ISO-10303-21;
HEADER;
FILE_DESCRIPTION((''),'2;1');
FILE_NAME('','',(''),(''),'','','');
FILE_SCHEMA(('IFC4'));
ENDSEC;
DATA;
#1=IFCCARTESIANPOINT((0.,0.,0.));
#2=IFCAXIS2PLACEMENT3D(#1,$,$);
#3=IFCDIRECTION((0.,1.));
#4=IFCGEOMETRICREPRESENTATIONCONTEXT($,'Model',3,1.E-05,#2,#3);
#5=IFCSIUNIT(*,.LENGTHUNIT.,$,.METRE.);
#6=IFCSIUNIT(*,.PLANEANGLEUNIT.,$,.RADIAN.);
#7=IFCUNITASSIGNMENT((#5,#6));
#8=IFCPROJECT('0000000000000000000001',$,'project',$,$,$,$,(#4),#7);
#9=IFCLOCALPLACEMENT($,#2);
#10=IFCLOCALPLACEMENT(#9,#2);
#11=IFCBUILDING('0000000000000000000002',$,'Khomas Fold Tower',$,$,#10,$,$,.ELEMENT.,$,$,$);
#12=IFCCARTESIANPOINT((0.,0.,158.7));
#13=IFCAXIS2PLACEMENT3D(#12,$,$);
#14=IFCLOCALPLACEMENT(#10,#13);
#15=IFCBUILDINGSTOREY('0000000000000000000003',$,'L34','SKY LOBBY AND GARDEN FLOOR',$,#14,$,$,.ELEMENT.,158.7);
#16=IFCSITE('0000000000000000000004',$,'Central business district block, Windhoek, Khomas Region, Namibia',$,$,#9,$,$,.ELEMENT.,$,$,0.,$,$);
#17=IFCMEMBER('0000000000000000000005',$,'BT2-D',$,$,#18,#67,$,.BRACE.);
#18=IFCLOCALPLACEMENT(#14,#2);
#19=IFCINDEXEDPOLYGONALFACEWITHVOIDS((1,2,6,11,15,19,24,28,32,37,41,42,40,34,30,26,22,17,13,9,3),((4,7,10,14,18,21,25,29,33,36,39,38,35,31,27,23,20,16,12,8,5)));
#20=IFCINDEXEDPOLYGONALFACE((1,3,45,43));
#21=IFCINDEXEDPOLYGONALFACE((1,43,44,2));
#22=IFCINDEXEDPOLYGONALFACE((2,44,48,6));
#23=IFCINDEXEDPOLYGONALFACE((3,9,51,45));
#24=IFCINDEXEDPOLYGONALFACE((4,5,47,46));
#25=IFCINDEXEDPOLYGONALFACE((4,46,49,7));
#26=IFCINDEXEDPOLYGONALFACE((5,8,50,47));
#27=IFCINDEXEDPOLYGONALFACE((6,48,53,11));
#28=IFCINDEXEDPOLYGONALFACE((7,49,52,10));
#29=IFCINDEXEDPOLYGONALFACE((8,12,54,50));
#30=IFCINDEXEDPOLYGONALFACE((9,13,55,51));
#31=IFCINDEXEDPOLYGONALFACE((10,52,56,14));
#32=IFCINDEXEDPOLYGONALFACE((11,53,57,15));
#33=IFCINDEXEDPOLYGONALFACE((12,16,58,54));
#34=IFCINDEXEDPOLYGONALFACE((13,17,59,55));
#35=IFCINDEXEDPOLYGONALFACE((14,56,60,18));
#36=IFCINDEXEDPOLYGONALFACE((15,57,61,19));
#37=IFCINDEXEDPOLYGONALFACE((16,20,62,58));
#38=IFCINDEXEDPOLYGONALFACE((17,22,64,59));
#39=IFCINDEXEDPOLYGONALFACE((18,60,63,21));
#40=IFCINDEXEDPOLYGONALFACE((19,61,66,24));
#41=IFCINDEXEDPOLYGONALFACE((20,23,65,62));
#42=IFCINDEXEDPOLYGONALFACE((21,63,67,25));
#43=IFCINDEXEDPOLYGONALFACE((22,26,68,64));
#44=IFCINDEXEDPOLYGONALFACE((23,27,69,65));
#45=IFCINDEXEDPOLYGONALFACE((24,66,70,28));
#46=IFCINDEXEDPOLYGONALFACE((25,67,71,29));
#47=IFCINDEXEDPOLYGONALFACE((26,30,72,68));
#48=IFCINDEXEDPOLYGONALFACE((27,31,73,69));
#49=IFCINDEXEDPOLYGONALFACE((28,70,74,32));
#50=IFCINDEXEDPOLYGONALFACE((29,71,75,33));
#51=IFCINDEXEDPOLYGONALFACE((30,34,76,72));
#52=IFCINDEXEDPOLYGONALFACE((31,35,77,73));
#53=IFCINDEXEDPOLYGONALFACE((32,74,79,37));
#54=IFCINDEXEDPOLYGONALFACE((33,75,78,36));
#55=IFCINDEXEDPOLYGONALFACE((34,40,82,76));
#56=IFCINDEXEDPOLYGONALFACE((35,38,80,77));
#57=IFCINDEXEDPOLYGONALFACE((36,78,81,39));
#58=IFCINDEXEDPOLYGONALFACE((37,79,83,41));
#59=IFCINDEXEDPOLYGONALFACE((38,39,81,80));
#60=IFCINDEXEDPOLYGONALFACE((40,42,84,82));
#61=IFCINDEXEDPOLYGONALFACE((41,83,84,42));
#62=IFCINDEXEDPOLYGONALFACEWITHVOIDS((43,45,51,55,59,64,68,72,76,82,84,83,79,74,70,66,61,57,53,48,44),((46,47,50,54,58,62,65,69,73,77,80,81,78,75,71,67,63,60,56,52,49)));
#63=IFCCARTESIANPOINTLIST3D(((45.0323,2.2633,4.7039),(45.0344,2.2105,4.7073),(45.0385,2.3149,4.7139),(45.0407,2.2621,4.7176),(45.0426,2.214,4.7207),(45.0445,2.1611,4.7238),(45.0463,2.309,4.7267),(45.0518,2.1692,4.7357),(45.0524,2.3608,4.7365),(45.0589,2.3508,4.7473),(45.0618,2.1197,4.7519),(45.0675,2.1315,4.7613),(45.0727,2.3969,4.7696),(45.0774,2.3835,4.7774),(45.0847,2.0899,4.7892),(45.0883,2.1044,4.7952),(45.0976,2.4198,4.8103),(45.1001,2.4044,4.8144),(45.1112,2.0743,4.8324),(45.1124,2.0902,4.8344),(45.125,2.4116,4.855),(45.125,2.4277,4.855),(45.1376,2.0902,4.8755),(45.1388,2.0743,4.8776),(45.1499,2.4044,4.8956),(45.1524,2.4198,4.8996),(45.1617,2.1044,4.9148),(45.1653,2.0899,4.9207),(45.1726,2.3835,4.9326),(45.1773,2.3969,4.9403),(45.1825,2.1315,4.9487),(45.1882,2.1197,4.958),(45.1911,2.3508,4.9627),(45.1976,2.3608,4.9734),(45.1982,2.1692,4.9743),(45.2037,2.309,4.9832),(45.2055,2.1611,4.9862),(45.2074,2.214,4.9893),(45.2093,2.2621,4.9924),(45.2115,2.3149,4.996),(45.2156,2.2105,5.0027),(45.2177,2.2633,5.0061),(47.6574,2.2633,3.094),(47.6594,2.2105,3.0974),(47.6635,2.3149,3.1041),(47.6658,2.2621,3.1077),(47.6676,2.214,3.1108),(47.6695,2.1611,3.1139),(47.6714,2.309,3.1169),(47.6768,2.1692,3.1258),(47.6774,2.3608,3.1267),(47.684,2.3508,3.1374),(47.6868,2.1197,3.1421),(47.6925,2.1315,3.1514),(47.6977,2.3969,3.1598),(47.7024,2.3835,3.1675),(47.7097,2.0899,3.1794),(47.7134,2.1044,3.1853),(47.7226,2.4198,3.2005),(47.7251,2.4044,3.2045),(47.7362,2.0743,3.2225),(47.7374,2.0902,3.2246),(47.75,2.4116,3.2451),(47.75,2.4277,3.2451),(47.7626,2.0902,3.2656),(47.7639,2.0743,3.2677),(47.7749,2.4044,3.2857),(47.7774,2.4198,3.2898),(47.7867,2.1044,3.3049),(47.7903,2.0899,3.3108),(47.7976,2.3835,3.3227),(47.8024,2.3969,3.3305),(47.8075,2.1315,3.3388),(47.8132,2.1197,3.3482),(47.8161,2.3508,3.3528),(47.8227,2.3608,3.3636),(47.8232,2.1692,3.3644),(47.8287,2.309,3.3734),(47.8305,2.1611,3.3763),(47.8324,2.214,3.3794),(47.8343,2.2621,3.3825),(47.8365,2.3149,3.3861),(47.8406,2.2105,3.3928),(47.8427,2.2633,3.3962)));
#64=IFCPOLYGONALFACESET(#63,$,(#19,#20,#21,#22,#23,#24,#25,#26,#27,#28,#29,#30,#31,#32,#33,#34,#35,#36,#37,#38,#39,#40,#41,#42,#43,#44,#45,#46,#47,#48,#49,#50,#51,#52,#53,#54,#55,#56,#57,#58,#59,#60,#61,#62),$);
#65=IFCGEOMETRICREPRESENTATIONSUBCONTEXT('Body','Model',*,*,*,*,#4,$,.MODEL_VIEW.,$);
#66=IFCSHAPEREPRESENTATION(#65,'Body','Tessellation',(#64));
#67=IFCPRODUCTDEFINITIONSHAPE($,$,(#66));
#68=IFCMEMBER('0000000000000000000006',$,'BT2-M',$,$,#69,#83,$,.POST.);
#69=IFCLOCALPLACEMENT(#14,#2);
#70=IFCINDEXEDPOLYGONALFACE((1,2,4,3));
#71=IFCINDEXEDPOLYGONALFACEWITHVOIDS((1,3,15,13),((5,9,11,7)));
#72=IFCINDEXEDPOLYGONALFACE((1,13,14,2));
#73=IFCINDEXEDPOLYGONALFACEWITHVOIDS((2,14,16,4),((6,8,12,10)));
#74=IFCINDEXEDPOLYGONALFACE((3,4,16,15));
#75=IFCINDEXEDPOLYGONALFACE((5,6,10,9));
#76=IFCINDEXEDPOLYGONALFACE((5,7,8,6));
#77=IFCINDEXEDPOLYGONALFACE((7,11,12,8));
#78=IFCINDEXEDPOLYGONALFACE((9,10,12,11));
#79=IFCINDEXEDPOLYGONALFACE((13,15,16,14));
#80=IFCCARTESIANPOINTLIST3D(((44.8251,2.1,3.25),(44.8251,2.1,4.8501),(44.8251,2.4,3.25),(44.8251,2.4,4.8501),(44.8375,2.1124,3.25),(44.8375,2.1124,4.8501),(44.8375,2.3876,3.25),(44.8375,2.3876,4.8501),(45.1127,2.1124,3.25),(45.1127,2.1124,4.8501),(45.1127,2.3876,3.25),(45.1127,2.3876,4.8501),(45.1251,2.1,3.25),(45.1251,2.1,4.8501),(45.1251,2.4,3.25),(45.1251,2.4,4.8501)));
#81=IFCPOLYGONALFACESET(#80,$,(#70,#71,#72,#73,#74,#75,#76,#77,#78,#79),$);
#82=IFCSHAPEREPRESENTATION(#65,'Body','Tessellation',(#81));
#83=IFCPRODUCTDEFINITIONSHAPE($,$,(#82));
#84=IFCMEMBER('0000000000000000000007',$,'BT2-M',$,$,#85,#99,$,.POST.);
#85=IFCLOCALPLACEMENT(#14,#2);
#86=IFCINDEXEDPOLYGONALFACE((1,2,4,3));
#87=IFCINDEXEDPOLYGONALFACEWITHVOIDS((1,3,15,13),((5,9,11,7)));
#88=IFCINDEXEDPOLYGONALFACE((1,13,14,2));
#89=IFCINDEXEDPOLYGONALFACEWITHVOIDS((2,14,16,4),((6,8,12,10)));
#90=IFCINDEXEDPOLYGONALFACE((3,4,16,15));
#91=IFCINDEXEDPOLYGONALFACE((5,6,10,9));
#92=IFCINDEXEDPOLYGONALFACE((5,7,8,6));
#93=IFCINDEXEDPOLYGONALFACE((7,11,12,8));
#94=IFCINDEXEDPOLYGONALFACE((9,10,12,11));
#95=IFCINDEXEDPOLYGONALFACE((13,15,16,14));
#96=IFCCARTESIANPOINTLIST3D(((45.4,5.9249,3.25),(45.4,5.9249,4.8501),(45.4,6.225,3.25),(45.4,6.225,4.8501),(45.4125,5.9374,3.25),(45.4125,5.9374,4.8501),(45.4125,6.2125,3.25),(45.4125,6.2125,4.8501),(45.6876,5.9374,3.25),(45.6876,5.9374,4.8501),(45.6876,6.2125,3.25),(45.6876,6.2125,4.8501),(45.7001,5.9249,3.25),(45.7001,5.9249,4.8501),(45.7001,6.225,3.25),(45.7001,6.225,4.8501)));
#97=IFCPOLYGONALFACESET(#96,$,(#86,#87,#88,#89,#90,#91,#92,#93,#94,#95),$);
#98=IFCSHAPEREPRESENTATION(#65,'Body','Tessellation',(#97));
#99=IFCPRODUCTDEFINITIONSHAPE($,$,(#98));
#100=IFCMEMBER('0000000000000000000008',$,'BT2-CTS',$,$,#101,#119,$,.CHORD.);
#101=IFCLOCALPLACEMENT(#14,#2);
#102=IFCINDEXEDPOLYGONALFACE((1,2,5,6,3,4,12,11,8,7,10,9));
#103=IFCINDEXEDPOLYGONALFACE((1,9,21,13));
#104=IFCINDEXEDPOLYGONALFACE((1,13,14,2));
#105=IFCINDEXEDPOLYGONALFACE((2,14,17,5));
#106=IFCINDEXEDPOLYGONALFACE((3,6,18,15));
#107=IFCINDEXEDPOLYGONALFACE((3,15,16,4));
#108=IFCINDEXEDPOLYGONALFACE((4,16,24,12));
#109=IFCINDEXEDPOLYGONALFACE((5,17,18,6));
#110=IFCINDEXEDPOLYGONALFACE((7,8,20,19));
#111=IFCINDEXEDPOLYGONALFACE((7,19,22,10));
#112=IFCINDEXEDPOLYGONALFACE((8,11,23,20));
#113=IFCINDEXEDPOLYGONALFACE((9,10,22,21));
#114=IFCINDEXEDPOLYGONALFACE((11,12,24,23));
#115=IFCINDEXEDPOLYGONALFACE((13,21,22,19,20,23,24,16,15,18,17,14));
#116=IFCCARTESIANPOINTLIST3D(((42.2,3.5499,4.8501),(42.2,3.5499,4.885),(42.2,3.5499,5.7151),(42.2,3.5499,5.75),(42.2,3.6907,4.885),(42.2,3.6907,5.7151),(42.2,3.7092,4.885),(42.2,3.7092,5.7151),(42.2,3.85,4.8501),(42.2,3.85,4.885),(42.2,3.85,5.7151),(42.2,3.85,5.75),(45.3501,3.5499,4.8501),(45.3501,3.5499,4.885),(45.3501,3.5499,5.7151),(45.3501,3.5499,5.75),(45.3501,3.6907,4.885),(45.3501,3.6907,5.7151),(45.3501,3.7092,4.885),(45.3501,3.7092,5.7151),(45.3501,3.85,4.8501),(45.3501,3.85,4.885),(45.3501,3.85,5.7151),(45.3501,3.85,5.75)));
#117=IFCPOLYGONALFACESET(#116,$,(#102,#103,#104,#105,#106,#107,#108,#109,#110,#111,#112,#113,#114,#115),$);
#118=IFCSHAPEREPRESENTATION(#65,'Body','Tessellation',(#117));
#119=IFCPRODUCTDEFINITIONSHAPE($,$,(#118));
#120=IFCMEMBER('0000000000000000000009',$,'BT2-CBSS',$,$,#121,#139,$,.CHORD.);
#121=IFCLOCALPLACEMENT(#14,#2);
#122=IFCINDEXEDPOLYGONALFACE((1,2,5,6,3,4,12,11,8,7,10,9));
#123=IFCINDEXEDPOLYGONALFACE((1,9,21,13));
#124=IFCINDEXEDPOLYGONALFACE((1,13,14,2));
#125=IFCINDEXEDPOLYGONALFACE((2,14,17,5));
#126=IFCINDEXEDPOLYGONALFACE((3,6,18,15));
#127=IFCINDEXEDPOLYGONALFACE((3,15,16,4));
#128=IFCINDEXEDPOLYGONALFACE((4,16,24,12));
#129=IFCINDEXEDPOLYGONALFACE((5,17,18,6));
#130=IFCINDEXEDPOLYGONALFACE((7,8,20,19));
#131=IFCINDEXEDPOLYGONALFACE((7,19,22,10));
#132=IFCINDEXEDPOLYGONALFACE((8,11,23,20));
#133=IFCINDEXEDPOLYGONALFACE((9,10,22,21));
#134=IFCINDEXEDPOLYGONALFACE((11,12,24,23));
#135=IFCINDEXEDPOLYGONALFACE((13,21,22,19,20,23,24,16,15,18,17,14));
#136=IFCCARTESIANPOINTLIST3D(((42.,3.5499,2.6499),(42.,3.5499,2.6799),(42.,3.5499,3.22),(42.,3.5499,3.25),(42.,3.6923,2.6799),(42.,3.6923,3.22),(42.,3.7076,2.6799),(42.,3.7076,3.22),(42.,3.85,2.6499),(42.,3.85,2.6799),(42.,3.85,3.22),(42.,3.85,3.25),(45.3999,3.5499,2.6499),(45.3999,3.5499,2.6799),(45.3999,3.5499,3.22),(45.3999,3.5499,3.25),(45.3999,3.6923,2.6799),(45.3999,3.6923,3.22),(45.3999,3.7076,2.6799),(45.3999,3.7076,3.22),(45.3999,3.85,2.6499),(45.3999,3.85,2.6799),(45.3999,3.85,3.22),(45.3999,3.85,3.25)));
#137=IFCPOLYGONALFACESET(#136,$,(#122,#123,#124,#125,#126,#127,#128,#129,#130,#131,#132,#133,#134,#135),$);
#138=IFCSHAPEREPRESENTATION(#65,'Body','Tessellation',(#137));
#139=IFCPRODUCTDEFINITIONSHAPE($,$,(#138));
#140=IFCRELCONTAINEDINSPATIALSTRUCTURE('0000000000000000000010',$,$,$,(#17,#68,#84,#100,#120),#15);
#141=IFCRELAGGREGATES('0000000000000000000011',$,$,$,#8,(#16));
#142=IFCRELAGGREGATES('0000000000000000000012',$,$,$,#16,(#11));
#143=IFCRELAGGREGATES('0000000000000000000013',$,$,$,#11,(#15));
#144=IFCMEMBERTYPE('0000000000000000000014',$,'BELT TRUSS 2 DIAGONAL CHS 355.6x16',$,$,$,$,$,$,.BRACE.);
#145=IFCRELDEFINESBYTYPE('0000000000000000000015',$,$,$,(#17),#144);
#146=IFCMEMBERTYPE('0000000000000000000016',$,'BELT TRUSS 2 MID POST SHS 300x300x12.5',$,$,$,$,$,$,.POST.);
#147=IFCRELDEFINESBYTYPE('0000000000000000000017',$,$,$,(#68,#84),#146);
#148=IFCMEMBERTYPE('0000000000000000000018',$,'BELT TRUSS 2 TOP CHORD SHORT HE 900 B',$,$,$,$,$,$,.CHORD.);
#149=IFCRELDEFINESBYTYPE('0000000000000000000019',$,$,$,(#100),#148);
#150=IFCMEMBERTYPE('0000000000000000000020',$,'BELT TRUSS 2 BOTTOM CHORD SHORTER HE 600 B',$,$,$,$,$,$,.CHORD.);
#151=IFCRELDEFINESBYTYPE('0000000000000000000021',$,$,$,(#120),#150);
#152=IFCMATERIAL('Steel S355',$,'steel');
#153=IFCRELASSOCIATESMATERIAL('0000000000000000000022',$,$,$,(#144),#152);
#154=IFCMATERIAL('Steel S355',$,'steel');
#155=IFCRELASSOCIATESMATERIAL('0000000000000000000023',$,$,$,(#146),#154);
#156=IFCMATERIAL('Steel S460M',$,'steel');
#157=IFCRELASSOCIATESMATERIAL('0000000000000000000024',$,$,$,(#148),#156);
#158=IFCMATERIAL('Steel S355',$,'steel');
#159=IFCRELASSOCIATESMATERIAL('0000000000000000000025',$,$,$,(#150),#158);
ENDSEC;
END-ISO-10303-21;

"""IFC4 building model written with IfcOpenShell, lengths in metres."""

from ifc_helpers import new_model, si_unit, direction, frame, origin, origin_2d, place, context, subcontext, project, spatial, hollow_rectangle, hollow_circle, i_section, extrude, source, transform, mapped, material, material_profile, profile_set, type_object, element, save


model = new_model("IFC4")

# Units and contexts
model_context = context("Model", 3, precision=1e-05, world=origin(), true_north=direction((0.0, 1.0)))
body_context = subcontext(model_context, "Body", "Model", "MODEL_VIEW")
ifc_project = project(units=[si_unit("LENGTHUNIT", "METRE"), si_unit("PLANEANGLEUNIT", "RADIAN")], contexts=[model_context])

# Site, building, storey
site_placement = place(None, origin())
site = spatial("IfcSite", under=ifc_project, at=site_placement, Name="Central business district block, Windhoek, Khomas Region, Namibia", CompositionType="ELEMENT", RefElevation=0.0)
building_placement = place(site_placement, origin())
building = spatial("IfcBuilding", under=site, at=building_placement, Name="Khomas Fold Tower", CompositionType="ELEMENT")
storey_placement = place(building_placement, frame((0.0, 0.0, 158.7)))
storey = spatial("IfcBuildingStorey", under=building, at=storey_placement, Name="L34", Description="SKY LOBBY AND GARDEN FLOOR", CompositionType="ELEMENT", Elevation=158.7)

# Members
ifc_material_1 = material(Name="Steel S355", Category="steel")
ifc_material_profile_1 = material_profile(ifc_material_1, hollow_circle(Radius=0.1777, WallThickness=0.0161, at=origin_2d()), Name="CHS 355.6x16")
ifc_profile_set_1 = profile_set([ifc_material_profile_1], Name="Steel S355")
member_type_1 = type_object("IfcMemberType", Name="BELT TRUSS 2 DIAGONAL CHS 355.6x16", PredefinedType="BRACE", material=ifc_profile_set_1)
shared_shape_1 = source(origin(), body_context, "Body", "SweptSolid", [
    extrude(hollow_circle(Radius=0.1777, WallThickness=0.0161, at=origin_2d()), origin(), (0.0, 0.0, 1.0), 3.0793),
])
for number, where, z_axis, x_axis, name in (
    (1, (45.125, 2.25, 4.855), (0.852458, 0.0, -0.522796), (0.0, 1.0, 0.0), "BT2-D"),
):
    element("IfcMember", number, at=place(storey_placement, frame(where, z_axis=z_axis, x_axis=x_axis)), inside=storey, type_object=member_type_1, Name=name, PredefinedType="BRACE", context=body_context, shape_type="MappedRepresentation", body=[
        mapped(shared_shape_1, transform((0.0, 0.0, 0.0))),
    ])
ifc_material_2 = material(Name="Steel S355", Category="steel")
ifc_material_profile_2 = material_profile(ifc_material_2, hollow_rectangle(XDim=0.3, YDim=0.3, WallThickness=0.0125, at=origin_2d()), Name="SHS 300x300x12.5")
ifc_profile_set_2 = profile_set([ifc_material_profile_2], Name="Steel S355")
member_type_2 = type_object("IfcMemberType", Name="BELT TRUSS 2 MID POST SHS 300x300x12.5", PredefinedType="POST", material=ifc_profile_set_2)
shared_shape_2 = source(origin(), body_context, "Body", "SweptSolid", [
    extrude(hollow_rectangle(XDim=0.3, YDim=0.3, WallThickness=0.0125, at=origin_2d()), origin(), (0.0, 0.0, 1.0), 1.6001),
])
for number, where, z_axis, x_axis, name in (
    (2, (44.9751, 2.25, 3.25), (0.0, 0.0, 1.0), (1.0, 0.0, 0.0), "BT2-M"),
    (3, (45.55, 6.075, 3.25), (0.0, 0.0, 1.0), (1.0, 0.0, 0.0), "BT2-M"),
):
    element("IfcMember", number, at=place(storey_placement, frame(where, z_axis=z_axis, x_axis=x_axis)), inside=storey, type_object=member_type_2, Name=name, PredefinedType="POST", context=body_context, shape_type="MappedRepresentation", body=[
        mapped(shared_shape_2, transform((0.0, 0.0, 0.0))),
    ])
ifc_material_3 = material(Name="Steel S460M", Category="steel")
ifc_material_profile_3 = material_profile(ifc_material_3, i_section(OverallWidth=0.3, OverallDepth=0.8999, WebThickness=0.0186, FlangeThickness=0.0349, at=origin_2d()), Name="HE 900 B")
ifc_profile_set_3 = profile_set([ifc_material_profile_3], Name="Steel S460M")
member_type_3 = type_object("IfcMemberType", Name="BELT TRUSS 2 TOP CHORD SHORT HE 900 B", PredefinedType="CHORD", material=ifc_profile_set_3)
shared_shape_3 = source(origin(), body_context, "Body", "SweptSolid", [
    extrude(i_section(OverallWidth=0.3, OverallDepth=0.8999, WebThickness=0.0186, FlangeThickness=0.0349, at=origin_2d()), origin(), (0.0, 0.0, 1.0), 3.1501),
])
member_1_placement = place(storey_placement, frame((42.2, 3.7, 5.3), z_axis=(1.0, 0.0, 0.0), x_axis=(0.0, 1.0, 0.0)))
element("IfcMember", 4, at=member_1_placement, inside=storey, type_object=member_type_3, Name="BT2-CTS", PredefinedType="CHORD", context=body_context, shape_type="MappedRepresentation", body=[
    mapped(shared_shape_3, transform((0.0, 0.0, 0.0))),
])
ifc_material_4 = material(Name="Steel S355", Category="steel")
ifc_material_profile_4 = material_profile(ifc_material_4, i_section(OverallWidth=0.3, OverallDepth=0.6001, WebThickness=0.0154, FlangeThickness=0.03, at=origin_2d()), Name="HE 600 B")
ifc_profile_set_4 = profile_set([ifc_material_profile_4], Name="Steel S355")
member_type_4 = type_object("IfcMemberType", Name="BELT TRUSS 2 BOTTOM CHORD SHORTER HE 600 B", PredefinedType="CHORD", material=ifc_profile_set_4)
shared_shape_4 = source(origin(), body_context, "Body", "SweptSolid", [
    extrude(i_section(OverallWidth=0.3, OverallDepth=0.6001, WebThickness=0.0154, FlangeThickness=0.03, at=origin_2d()), origin(), (0.0, 0.0, 1.0), 3.3999),
])
member_2_placement = place(storey_placement, frame((42.0, 3.7, 2.95), z_axis=(1.0, 0.0, 0.0), x_axis=(0.0, 1.0, 0.0)))
element("IfcMember", 5, at=member_2_placement, inside=storey, type_object=member_type_4, Name="BT2-CBSS", PredefinedType="CHORD", context=body_context, shape_type="MappedRepresentation", body=[
    mapped(shared_shape_4, transform((0.0, 0.0, 0.0))),
])

save(model, "model.ifc")
